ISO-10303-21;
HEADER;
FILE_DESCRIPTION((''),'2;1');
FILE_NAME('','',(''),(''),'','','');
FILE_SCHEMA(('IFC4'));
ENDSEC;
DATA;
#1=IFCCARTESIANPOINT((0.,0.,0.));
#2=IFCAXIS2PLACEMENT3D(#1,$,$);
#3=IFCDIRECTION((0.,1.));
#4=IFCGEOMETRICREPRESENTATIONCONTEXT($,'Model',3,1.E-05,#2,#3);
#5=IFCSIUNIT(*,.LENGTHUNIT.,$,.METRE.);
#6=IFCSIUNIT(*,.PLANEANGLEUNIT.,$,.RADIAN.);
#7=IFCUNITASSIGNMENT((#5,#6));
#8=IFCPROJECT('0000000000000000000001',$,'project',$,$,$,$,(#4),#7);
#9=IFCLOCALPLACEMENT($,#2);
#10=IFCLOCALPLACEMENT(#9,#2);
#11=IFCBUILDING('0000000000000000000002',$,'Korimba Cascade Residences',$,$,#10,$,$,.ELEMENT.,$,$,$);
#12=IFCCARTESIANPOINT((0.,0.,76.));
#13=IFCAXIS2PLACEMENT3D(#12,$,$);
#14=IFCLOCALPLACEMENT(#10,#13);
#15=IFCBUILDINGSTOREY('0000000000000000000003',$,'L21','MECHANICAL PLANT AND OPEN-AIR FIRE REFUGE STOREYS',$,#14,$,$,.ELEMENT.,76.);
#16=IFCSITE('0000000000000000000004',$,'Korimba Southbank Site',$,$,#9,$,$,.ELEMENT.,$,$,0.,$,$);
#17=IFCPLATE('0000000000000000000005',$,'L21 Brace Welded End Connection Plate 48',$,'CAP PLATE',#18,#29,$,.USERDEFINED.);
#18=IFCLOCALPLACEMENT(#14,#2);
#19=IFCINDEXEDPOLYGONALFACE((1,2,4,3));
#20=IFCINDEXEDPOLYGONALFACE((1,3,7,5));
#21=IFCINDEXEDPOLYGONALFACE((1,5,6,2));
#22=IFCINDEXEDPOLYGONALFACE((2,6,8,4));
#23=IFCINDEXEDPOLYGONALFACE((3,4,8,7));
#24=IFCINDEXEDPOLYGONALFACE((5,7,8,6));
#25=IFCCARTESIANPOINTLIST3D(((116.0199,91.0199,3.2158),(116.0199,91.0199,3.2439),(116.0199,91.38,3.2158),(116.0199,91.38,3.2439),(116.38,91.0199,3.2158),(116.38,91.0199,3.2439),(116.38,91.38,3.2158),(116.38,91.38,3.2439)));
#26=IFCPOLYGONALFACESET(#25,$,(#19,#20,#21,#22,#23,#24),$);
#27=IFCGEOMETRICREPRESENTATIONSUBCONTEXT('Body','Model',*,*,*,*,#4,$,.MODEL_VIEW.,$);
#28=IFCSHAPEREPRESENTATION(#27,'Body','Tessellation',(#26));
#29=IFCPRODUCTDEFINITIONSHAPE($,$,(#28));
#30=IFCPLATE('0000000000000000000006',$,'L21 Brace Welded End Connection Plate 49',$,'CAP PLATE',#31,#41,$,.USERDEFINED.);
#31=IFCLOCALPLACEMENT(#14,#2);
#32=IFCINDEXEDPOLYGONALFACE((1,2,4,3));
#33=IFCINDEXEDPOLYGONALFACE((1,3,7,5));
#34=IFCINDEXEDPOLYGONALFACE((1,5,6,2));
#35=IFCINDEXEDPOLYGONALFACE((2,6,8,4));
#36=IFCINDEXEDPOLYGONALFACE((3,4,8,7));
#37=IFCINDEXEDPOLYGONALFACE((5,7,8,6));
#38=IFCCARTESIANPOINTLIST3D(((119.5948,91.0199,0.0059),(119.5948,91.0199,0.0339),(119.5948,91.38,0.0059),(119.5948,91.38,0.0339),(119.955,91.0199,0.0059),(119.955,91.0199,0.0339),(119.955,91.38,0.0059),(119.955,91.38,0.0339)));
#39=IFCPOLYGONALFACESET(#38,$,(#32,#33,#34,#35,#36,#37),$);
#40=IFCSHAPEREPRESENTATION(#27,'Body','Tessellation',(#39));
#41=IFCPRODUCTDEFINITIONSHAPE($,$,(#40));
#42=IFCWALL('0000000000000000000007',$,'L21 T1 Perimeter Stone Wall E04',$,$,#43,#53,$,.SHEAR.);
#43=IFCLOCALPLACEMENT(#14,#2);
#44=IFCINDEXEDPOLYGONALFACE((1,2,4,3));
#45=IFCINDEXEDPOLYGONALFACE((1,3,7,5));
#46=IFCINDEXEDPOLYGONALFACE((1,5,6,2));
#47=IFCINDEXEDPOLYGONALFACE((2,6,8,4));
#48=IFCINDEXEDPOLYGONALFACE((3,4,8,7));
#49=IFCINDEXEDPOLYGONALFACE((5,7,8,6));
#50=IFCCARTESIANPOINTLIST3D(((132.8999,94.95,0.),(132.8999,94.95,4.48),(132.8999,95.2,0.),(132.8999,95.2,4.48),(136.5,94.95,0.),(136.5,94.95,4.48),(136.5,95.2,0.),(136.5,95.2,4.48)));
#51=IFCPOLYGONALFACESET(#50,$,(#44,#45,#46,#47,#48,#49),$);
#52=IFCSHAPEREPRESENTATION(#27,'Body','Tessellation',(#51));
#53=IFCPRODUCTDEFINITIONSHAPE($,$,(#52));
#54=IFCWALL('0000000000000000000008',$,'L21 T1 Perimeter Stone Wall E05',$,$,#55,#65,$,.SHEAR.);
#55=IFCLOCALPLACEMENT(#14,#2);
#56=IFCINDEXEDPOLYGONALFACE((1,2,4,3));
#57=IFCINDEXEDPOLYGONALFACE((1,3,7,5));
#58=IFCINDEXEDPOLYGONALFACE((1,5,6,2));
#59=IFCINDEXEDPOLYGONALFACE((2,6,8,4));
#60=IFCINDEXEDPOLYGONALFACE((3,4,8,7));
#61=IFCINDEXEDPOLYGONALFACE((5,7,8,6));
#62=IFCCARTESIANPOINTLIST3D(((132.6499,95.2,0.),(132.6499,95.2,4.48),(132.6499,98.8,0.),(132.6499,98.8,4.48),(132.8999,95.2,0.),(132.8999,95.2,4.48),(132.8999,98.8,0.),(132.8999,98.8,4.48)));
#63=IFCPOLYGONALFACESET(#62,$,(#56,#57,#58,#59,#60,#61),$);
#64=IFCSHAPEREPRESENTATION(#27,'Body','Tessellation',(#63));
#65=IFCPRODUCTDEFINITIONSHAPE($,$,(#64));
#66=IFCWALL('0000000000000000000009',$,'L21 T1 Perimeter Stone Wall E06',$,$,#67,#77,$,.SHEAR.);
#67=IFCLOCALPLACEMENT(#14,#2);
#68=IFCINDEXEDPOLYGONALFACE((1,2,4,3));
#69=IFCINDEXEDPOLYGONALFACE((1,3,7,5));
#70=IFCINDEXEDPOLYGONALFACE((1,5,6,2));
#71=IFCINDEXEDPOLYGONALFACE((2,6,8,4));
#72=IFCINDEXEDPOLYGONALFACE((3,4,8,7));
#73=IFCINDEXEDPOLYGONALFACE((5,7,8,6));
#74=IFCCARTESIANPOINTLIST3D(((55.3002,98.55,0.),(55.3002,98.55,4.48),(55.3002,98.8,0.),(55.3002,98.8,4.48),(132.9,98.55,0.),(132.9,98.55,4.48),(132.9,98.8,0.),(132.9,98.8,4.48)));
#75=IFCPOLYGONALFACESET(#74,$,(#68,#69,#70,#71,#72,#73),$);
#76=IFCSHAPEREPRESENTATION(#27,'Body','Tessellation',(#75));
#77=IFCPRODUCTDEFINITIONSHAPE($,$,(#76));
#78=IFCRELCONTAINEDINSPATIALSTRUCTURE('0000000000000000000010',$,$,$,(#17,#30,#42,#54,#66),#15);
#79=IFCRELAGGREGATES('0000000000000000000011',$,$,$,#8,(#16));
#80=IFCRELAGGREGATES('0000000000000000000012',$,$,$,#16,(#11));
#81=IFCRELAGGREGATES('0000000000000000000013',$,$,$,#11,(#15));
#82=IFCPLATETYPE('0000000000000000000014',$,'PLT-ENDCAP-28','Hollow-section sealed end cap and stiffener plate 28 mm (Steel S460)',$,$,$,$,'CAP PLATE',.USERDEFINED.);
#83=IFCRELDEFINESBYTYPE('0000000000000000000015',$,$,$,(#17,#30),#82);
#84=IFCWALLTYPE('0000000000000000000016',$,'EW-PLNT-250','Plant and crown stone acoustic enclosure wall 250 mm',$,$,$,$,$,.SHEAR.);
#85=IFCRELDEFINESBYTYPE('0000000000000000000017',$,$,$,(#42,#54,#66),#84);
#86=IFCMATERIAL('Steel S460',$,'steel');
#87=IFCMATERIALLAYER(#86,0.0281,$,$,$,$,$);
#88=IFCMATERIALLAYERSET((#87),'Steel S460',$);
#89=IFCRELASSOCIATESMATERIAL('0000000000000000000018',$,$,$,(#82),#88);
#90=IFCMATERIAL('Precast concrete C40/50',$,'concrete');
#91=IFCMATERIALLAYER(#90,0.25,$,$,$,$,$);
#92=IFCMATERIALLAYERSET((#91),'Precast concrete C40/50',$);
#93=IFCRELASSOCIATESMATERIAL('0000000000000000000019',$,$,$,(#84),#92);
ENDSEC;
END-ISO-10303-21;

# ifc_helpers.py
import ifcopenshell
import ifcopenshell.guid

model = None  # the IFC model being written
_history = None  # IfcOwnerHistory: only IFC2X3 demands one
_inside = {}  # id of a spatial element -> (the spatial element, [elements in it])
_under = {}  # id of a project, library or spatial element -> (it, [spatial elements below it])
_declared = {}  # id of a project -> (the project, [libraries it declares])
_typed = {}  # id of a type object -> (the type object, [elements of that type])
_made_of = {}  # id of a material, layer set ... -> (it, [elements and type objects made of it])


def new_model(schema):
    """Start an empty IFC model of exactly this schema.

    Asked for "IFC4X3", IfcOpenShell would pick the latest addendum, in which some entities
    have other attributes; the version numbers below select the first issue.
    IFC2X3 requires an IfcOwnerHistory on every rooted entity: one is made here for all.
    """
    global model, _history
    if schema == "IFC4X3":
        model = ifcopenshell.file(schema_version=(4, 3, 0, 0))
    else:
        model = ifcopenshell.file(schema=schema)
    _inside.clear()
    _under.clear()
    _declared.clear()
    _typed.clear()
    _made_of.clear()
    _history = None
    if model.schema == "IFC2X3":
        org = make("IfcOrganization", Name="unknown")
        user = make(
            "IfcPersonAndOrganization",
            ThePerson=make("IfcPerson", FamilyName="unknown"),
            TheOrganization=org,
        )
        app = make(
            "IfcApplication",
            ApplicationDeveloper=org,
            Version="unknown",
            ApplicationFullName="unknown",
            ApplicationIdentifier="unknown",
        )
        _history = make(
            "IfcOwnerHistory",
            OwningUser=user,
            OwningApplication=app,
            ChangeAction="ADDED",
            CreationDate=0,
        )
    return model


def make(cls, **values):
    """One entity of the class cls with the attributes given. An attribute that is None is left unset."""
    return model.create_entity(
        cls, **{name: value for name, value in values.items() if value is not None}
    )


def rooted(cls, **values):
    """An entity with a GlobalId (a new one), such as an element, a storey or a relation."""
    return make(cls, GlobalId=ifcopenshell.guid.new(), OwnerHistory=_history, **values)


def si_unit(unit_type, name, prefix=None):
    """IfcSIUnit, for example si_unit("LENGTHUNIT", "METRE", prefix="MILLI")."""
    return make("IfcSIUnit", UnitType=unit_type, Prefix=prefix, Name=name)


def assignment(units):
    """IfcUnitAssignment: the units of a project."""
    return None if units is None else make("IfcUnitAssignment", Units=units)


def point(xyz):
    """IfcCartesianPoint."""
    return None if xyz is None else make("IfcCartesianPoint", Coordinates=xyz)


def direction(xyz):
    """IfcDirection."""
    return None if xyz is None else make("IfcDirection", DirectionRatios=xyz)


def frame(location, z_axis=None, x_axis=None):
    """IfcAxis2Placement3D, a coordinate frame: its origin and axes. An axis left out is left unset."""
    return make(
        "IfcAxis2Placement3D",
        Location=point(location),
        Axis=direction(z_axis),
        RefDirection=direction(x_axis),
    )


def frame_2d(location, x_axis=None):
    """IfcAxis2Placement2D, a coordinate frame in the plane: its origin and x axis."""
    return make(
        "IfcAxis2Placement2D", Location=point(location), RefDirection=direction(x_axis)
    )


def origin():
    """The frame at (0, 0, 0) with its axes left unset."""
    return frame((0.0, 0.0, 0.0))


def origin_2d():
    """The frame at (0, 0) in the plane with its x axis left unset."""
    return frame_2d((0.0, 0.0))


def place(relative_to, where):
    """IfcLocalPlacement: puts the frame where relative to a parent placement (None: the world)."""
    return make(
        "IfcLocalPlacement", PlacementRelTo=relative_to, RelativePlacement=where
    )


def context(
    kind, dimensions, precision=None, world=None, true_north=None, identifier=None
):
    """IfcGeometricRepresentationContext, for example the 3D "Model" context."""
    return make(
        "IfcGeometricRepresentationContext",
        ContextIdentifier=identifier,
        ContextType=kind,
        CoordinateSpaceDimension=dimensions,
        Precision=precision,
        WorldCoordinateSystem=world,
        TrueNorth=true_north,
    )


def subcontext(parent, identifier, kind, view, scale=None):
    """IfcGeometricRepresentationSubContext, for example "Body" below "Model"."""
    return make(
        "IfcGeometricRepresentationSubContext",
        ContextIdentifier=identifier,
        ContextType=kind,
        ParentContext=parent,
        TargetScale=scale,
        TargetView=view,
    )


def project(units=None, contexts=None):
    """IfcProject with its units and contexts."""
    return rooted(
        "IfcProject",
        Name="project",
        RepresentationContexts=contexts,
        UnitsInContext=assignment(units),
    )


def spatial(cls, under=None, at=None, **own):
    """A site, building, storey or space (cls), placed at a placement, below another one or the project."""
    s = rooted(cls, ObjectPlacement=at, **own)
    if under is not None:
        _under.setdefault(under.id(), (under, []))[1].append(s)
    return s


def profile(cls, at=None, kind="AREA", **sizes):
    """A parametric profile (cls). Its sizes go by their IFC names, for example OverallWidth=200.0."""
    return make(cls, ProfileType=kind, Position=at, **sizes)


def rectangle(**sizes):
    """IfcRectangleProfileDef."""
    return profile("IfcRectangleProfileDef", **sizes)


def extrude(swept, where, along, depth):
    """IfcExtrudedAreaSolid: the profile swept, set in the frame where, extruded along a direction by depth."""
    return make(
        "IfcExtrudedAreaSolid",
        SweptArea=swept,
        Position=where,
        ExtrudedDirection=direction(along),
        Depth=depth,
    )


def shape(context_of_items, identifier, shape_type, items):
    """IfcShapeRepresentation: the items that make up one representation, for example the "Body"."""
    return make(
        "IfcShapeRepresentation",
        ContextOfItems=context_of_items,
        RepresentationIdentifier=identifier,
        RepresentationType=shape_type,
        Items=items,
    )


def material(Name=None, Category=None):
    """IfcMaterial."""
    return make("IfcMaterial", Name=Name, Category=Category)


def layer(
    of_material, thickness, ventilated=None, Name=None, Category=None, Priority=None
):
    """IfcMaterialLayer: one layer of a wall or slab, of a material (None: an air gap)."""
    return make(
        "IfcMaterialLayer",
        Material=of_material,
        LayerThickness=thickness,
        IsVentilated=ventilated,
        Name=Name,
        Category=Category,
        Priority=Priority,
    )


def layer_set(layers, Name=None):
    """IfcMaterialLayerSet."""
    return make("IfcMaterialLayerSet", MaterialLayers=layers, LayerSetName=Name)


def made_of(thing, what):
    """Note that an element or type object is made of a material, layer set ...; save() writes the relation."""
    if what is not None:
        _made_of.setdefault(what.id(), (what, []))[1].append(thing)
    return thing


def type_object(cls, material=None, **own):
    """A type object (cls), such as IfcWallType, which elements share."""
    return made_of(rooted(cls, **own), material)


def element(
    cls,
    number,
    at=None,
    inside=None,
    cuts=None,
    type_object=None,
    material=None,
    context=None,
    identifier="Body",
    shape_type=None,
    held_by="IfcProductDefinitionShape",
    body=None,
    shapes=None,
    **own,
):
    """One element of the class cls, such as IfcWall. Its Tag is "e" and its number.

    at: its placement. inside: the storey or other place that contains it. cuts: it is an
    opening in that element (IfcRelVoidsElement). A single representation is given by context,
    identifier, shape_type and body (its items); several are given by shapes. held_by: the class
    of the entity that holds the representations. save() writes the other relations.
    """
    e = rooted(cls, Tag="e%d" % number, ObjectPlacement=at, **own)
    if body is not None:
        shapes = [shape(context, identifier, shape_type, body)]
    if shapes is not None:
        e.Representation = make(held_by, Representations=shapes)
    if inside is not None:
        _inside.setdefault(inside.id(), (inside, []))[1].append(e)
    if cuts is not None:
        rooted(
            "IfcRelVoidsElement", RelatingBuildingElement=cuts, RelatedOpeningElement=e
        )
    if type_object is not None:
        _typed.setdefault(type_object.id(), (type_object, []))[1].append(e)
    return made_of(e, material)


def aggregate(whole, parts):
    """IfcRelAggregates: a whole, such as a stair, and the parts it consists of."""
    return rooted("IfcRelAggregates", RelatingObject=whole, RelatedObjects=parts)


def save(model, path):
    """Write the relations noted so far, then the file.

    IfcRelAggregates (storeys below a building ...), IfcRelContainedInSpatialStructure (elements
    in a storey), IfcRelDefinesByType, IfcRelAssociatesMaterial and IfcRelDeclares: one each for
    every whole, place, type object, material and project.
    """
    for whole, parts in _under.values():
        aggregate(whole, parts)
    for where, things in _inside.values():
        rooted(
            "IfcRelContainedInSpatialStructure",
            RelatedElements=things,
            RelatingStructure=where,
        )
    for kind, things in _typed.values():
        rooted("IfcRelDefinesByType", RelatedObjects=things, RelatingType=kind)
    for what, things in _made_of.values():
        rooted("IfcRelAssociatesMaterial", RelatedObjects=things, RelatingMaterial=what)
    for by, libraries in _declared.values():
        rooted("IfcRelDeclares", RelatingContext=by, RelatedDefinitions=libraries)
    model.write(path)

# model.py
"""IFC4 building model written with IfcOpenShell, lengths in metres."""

from ifc_helpers import new_model, si_unit, direction, frame, frame_2d, origin, origin_2d, place, context, subcontext, project, spatial, rectangle, extrude, material, layer, layer_set, type_object, element, save


model = new_model("IFC4")

# Units and contexts
model_context = context("Model", 3, precision=1e-05, world=origin(), true_north=direction((0.0, 1.0)))
body_context = subcontext(model_context, "Body", "Model", "MODEL_VIEW")
ifc_project = project(units=[si_unit("LENGTHUNIT", "METRE"), si_unit("PLANEANGLEUNIT", "RADIAN")], contexts=[model_context])

# Site, building, storey
site_placement = place(None, origin())
site = spatial("IfcSite", under=ifc_project, at=site_placement, Name="Korimba Southbank Site", CompositionType="ELEMENT", RefElevation=0.0)
building_placement = place(site_placement, origin())
building = spatial("IfcBuilding", under=site, at=building_placement, Name="Korimba Cascade Residences", CompositionType="ELEMENT")
storey_placement = place(building_placement, frame((0.0, 0.0, 76.0)))
storey = spatial("IfcBuildingStorey", under=building, at=storey_placement, Name="L21", Description="MECHANICAL PLANT AND OPEN-AIR FIRE REFUGE STOREYS", CompositionType="ELEMENT", Elevation=76.0)

# Shared definitions
ifc_material_1 = material(Name="Steel S460", Category="steel")

# Plates
ifc_layer_1 = layer(ifc_material_1, 0.0281)
ifc_layer_set_1 = layer_set([ifc_layer_1], Name="Steel S460")
plate_type = type_object("IfcPlateType", Name="PLT-ENDCAP-28", Description="Hollow-section sealed end cap and stiffener plate 28 mm (Steel S460)", ElementType="CAP PLATE", PredefinedType="USERDEFINED", material=ifc_layer_set_1)
for number, where, z_axis, x_axis, name in (
    (1, (116.2, 91.2, 3.2158), (0.0, 0.0, 1.0), (1.0, 0.0, 0.0), "L21 Brace Welded End Connection Plate 48"),
    (2, (119.7749, 91.2, 0.0059), (0.0, 0.0, 1.0), (1.0, 0.0, 0.0), "L21 Brace Welded End Connection Plate 49"),
):
    element("IfcPlate", number, at=place(storey_placement, frame(where, z_axis=z_axis, x_axis=x_axis)), inside=storey, type_object=plate_type, Name=name, ObjectType="CAP PLATE", PredefinedType="USERDEFINED", context=body_context, shape_type="SweptSolid", body=[
        extrude(rectangle(XDim=0.3601, YDim=0.3601, at=origin_2d()), origin(), (0.0, 0.0, 1.0), 0.0281),
    ])

# Walls
ifc_material_2 = material(Name="Precast concrete C40/50", Category="concrete")
ifc_layer_2 = layer(ifc_material_2, 0.25)
ifc_layer_set_2 = layer_set([ifc_layer_2], Name="Precast concrete C40/50")
wall_type = type_object("IfcWallType", Name="EW-PLNT-250", Description="Plant and crown stone acoustic enclosure wall 250 mm", PredefinedType="SHEAR", material=ifc_layer_set_2)
for number, where, z_axis, x_axis, name in (
    (3, (136.5, 95.075, 0.0), (0.0, 0.0, 1.0), (-1.0, 0.0, 0.0), "L21 T1 Perimeter Stone Wall E04"),
    (4, (132.7749, 95.2, 0.0), (0.0, 0.0, 1.0), (0.0, 1.0, 0.0), "L21 T1 Perimeter Stone Wall E05"),
):
    element("IfcWall", number, at=place(storey_placement, frame(where, z_axis=z_axis, x_axis=x_axis)), inside=storey, type_object=wall_type, Name=name, PredefinedType="SHEAR", context=body_context, shape_type="SweptSolid", body=[
        extrude(rectangle(XDim=3.6001, YDim=0.25, at=frame_2d((1.8, 0.0))), origin(), (0.0, 0.0, 1.0), 4.48),
    ])
wall_placement = place(storey_placement, frame((132.8999, 98.675, 0.0), z_axis=(0.0, 0.0, 1.0), x_axis=(-1.0, 0.0, 0.0)))
element("IfcWall", 5, at=wall_placement, inside=storey, type_object=wall_type, Name="L21 T1 Perimeter Stone Wall E06", PredefinedType="SHEAR", context=body_context, shape_type="SweptSolid", body=[
    extrude(rectangle(XDim=77.5999, YDim=0.25, at=frame_2d((38.7998, 0.0))), origin(), (0.0, 0.0, 1.0), 4.48),
])

save(model, "model.ifc")
